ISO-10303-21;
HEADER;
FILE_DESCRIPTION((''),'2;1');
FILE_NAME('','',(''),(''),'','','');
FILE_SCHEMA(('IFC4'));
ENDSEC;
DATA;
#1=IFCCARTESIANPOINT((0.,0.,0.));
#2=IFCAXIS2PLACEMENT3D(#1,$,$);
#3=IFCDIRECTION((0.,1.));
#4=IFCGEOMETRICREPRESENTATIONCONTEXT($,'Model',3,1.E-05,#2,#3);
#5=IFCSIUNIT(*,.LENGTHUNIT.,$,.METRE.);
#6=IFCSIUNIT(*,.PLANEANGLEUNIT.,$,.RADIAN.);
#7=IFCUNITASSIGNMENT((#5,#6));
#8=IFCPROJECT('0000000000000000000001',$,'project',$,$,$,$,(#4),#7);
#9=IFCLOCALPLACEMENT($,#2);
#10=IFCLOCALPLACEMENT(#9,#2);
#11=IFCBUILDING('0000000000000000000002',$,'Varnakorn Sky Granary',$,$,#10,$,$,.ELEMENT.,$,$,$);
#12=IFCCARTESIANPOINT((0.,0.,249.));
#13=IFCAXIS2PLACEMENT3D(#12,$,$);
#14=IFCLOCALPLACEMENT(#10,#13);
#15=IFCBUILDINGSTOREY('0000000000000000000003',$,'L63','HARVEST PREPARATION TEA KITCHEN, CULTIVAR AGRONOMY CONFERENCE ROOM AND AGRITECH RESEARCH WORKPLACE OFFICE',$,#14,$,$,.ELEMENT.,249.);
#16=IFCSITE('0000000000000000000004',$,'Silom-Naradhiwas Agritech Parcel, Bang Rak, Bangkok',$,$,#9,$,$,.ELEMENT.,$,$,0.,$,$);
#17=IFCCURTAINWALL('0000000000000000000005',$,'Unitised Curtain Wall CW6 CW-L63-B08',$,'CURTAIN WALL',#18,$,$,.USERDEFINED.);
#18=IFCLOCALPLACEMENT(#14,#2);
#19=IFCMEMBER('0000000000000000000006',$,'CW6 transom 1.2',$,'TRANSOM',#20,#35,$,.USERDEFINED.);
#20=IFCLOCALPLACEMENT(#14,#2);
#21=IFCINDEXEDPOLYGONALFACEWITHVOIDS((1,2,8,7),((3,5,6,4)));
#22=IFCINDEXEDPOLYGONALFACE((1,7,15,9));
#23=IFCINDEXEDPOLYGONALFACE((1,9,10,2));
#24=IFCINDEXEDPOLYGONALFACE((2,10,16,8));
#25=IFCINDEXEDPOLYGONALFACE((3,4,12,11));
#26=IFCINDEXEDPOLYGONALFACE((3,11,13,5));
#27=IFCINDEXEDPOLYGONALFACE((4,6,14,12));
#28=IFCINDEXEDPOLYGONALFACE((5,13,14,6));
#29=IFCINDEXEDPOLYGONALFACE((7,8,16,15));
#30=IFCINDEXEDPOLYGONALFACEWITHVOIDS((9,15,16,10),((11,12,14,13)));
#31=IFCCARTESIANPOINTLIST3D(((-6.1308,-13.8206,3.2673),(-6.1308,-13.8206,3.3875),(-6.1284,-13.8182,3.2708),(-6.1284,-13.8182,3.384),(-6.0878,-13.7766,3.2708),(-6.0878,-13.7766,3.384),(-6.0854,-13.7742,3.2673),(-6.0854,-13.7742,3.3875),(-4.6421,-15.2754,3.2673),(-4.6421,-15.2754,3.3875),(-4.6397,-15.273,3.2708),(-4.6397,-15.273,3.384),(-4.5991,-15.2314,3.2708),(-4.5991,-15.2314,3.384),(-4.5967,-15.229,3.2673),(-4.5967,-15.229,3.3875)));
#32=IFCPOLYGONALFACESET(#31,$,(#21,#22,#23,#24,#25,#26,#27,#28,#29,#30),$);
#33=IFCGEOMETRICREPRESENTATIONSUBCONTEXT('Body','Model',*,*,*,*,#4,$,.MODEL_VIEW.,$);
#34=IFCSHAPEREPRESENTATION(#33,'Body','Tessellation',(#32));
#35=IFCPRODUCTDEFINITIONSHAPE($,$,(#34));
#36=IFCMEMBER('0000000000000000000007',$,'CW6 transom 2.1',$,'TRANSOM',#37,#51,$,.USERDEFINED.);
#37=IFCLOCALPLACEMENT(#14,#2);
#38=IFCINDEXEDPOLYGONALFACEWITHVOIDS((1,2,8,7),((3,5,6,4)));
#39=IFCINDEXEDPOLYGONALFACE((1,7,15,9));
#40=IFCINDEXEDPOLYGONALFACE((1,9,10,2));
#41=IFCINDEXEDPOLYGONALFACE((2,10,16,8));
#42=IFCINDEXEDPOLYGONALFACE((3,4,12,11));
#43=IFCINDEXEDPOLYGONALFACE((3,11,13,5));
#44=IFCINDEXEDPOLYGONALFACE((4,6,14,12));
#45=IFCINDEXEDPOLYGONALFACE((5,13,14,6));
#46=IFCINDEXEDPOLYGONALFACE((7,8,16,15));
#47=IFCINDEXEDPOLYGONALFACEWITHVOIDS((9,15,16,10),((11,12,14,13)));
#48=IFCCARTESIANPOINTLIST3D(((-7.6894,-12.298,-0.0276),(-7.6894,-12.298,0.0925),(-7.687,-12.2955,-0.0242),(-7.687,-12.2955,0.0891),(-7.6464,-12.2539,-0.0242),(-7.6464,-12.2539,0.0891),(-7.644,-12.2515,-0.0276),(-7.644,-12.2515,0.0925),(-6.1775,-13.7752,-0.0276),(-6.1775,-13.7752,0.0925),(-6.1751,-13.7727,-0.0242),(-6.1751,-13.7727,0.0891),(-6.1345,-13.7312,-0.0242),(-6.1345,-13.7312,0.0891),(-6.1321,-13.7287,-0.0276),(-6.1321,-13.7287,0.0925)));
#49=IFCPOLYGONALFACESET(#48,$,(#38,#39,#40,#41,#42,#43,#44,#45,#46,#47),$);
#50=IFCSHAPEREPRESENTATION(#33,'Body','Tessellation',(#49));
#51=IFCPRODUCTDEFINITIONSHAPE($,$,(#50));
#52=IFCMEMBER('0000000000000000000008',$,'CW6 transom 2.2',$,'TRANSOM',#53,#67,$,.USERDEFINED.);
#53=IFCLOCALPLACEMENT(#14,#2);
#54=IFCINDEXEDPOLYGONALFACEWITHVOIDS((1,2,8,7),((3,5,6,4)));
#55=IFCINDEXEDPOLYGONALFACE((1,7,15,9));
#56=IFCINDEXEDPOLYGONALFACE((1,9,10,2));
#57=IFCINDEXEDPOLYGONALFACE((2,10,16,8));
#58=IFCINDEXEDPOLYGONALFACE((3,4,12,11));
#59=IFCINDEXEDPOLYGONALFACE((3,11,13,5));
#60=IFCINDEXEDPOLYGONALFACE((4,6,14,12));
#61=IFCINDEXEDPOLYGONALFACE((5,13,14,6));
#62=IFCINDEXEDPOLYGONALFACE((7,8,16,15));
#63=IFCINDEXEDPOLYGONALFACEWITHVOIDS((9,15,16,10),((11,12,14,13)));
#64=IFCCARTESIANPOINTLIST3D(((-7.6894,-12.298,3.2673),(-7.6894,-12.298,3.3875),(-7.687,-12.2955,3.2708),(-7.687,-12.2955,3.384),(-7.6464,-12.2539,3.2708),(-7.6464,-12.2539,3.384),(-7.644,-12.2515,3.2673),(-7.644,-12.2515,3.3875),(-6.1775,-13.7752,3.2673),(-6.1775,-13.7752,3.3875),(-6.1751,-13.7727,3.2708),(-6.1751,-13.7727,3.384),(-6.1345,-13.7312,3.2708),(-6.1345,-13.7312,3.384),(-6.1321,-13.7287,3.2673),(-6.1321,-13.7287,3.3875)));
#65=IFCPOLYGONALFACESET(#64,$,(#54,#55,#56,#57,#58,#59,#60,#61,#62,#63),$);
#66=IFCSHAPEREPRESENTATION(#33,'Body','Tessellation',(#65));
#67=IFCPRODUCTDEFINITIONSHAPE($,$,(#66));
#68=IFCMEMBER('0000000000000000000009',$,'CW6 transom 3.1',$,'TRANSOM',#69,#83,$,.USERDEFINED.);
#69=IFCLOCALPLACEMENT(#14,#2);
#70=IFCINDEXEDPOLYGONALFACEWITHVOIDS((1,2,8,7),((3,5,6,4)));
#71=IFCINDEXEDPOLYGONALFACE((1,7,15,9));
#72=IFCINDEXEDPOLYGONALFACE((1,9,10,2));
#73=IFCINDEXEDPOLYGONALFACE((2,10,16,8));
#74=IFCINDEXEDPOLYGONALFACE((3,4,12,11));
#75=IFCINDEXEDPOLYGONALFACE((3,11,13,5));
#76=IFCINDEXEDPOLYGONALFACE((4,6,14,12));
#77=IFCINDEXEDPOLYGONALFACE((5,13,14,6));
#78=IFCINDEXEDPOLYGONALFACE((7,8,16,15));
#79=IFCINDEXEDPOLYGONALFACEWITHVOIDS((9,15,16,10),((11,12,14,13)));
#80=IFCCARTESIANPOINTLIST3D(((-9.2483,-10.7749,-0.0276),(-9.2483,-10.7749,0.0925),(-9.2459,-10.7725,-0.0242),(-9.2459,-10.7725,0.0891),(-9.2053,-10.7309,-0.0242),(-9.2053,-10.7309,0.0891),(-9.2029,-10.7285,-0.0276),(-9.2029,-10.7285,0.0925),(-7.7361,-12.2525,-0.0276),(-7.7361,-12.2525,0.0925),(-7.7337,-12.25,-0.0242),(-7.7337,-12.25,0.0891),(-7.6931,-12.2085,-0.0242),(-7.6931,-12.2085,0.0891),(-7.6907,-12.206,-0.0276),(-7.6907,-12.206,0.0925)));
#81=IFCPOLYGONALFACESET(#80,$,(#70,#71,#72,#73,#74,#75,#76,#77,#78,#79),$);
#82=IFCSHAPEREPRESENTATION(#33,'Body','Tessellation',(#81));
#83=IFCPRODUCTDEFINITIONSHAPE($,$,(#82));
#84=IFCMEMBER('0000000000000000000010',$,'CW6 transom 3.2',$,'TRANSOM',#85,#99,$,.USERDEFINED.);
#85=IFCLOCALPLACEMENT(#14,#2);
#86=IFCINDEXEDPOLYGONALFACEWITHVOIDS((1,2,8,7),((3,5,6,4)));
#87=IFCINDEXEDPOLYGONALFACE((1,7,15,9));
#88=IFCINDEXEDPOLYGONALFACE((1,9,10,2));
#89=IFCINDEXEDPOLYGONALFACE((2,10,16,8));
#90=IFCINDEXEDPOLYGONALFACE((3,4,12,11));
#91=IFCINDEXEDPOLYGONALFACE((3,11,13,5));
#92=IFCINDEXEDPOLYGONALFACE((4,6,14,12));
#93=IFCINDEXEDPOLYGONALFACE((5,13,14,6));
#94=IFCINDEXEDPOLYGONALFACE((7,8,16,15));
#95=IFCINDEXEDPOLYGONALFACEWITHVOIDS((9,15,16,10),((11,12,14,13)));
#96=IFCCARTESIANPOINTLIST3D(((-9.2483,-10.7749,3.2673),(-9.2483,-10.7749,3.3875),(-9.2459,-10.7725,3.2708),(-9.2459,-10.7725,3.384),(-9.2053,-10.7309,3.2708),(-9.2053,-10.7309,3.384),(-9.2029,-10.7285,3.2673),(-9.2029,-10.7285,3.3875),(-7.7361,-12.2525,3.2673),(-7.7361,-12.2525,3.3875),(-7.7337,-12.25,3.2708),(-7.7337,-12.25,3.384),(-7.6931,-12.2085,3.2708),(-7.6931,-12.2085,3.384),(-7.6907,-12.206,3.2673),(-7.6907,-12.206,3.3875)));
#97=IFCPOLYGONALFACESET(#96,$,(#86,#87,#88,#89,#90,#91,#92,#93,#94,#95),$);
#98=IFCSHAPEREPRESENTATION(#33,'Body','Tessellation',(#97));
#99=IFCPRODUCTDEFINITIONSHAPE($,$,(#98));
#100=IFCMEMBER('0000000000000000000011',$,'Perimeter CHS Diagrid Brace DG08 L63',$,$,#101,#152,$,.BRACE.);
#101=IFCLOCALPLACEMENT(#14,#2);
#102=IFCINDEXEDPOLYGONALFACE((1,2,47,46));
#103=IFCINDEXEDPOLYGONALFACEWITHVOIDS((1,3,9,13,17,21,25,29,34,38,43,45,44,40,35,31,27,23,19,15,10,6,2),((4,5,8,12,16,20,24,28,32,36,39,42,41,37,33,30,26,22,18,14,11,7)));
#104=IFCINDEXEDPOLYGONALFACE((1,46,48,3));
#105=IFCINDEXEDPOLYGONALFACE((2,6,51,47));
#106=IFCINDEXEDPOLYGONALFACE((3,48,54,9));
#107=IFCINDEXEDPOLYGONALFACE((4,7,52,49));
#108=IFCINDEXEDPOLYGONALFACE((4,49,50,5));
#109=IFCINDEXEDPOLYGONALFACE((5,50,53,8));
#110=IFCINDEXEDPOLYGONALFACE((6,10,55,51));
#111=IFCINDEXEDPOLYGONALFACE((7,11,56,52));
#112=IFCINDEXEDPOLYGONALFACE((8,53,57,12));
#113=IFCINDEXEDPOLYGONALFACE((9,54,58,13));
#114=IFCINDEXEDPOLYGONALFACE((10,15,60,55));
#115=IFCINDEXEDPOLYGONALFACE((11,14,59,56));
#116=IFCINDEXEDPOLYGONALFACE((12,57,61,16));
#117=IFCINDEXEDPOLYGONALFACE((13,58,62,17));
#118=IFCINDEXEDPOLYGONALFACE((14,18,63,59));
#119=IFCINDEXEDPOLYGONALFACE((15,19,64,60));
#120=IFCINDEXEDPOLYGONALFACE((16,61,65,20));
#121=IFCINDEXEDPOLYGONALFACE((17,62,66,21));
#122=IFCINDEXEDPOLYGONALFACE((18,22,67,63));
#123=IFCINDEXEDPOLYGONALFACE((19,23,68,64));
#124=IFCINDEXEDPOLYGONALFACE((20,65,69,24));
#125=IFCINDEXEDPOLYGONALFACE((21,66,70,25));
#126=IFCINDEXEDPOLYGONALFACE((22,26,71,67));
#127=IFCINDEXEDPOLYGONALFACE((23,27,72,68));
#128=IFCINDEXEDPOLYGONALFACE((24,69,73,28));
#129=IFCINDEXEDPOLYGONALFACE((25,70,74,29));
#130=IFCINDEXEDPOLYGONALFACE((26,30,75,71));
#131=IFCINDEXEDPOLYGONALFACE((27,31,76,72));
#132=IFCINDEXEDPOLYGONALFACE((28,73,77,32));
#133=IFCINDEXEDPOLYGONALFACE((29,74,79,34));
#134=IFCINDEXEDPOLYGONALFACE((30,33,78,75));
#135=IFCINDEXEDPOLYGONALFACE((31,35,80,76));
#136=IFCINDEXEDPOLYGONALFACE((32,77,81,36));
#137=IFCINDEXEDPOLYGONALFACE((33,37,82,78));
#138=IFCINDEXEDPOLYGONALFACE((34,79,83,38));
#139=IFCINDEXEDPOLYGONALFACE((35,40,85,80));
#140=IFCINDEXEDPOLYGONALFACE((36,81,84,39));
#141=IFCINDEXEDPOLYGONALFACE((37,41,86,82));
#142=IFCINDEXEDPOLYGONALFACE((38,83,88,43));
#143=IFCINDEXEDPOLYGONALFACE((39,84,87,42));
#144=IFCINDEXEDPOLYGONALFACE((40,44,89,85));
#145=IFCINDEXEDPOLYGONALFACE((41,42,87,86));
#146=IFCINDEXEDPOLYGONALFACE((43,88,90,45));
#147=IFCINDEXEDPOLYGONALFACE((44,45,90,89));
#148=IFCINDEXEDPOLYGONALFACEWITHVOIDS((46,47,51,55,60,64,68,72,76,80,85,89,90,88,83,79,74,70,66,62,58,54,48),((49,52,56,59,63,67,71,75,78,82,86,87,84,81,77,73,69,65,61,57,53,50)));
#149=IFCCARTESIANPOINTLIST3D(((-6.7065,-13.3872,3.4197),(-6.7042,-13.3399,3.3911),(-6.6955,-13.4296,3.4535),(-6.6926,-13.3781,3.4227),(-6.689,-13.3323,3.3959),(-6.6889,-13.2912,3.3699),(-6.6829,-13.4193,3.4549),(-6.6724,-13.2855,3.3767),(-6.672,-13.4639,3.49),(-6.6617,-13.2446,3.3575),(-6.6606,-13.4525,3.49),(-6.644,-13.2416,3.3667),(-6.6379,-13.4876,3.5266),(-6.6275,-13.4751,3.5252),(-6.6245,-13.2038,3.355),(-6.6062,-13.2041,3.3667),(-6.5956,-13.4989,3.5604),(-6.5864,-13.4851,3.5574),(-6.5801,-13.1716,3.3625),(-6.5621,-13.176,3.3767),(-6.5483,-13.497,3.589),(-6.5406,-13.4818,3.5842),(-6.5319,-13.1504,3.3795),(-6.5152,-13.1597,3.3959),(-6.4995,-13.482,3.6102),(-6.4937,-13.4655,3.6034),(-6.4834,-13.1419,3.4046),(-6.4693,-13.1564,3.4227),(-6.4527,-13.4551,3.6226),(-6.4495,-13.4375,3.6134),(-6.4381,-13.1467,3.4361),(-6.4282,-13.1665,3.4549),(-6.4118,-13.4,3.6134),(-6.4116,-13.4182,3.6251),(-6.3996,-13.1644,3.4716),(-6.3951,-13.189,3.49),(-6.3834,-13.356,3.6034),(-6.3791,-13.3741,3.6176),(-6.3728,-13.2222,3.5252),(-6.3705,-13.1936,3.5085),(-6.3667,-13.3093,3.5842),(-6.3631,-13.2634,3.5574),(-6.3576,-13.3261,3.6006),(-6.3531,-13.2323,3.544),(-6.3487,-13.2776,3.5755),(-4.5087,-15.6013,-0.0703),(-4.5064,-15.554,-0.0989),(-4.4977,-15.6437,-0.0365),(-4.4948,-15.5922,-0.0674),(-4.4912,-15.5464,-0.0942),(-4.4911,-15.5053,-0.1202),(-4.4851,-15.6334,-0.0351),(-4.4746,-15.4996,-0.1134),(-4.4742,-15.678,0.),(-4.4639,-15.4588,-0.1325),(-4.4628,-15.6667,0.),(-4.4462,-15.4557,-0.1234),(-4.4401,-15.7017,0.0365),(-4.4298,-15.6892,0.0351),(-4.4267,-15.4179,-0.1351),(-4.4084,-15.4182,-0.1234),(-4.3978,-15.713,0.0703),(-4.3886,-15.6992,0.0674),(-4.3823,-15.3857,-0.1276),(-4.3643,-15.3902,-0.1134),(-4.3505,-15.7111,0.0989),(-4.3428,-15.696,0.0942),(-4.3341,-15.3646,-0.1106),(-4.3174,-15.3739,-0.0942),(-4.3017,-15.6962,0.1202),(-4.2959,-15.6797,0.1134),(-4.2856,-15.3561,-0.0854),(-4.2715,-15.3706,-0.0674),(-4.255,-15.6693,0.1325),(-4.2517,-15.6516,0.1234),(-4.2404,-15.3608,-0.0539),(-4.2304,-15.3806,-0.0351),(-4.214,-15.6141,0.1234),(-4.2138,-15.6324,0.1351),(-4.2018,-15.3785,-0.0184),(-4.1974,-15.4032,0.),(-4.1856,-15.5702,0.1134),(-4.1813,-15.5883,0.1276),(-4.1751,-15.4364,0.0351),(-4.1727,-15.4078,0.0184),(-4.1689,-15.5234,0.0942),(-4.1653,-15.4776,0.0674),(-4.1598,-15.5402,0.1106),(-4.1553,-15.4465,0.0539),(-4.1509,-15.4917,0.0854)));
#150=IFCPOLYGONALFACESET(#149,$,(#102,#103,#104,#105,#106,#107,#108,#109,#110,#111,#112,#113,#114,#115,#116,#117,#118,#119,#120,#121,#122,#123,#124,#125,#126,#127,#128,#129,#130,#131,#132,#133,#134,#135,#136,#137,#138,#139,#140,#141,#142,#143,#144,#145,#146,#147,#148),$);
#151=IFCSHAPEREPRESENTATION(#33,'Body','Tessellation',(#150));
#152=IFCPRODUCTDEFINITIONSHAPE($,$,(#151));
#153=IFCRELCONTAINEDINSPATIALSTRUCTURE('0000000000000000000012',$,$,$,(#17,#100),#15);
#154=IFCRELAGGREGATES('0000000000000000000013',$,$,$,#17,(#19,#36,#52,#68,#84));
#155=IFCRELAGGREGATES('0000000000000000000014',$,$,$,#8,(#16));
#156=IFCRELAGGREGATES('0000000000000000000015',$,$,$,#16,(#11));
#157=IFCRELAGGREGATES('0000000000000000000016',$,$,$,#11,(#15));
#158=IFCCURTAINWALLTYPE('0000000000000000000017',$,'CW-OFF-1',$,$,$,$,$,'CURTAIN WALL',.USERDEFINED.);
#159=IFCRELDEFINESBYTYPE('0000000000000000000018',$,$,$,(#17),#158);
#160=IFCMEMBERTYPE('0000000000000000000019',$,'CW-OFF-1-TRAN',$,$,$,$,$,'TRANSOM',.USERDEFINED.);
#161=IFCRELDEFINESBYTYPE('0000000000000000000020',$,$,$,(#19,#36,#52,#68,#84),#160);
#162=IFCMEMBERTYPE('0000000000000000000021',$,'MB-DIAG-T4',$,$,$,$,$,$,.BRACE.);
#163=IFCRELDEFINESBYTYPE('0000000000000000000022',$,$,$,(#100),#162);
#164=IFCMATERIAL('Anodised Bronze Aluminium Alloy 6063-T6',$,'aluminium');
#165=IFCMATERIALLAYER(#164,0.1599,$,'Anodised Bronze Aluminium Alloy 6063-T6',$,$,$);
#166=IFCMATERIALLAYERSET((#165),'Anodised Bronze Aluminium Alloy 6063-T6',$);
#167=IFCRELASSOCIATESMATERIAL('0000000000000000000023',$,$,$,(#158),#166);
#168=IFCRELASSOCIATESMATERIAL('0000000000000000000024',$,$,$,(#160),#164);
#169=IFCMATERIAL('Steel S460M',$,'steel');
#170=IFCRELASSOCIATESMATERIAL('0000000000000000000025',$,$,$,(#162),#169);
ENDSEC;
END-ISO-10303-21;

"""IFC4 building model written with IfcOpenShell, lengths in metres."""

from ifc_helpers import new_model, si_unit, direction, frame, origin, origin_2d, place, context, subcontext, project, spatial, hollow_rectangle, hollow_circle, extrude, material, layer, layer_set, material_profile, profile_set, type_object, element, aggregate, save


model = new_model("IFC4")

# Units and contexts
model_context = context("Model", 3, precision=1e-05, world=origin(), true_north=direction((0.0, 1.0)))
body_context = subcontext(model_context, "Body", "Model", "MODEL_VIEW")
ifc_project = project(units=[si_unit("LENGTHUNIT", "METRE"), si_unit("PLANEANGLEUNIT", "RADIAN")], contexts=[model_context])

# Site, building, storey
site_placement = place(None, origin())
site = spatial("IfcSite", under=ifc_project, at=site_placement, Name="Silom-Naradhiwas Agritech Parcel, Bang Rak, Bangkok", CompositionType="ELEMENT", RefElevation=0.0)
building_placement = place(site_placement, origin())
building = spatial("IfcBuilding", under=site, at=building_placement, Name="Varnakorn Sky Granary", CompositionType="ELEMENT")
storey_placement = place(building_placement, frame((0.0, 0.0, 249.0)))
storey = spatial("IfcBuildingStorey", under=building, at=storey_placement, Name="L63", Description="HARVEST PREPARATION TEA KITCHEN, CULTIVAR AGRONOMY CONFERENCE ROOM AND AGRITECH RESEARCH WORKPLACE OFFICE", CompositionType="ELEMENT", Elevation=249.0)

# Shared definitions
ifc_material_1 = material(Name="Steel S460M", Category="steel")

# Curtain wall, members
ifc_material_2 = material(Name="Anodised Bronze Aluminium Alloy 6063-T6", Category="aluminium")
ifc_layer_1 = layer(ifc_material_2, 0.1599, Name="Anodised Bronze Aluminium Alloy 6063-T6")
ifc_layer_set_1 = layer_set([ifc_layer_1], Name="Anodised Bronze Aluminium Alloy 6063-T6")
curtain_wall_type = type_object("IfcCurtainWallType", Name="CW-OFF-1", ElementType="CURTAIN WALL", PredefinedType="USERDEFINED", material=ifc_layer_set_1)
curtain_wall_placement = place(storey_placement, origin())
curtain_wall = element("IfcCurtainWall", 1, at=curtain_wall_placement, inside=storey, type_object=curtain_wall_type, Name="Unitised Curtain Wall CW6 CW-L63-B08", ObjectType="CURTAIN WALL", PredefinedType="USERDEFINED")
ifc_material_profile_1 = material_profile(ifc_material_2, hollow_rectangle(XDim=0.0649, YDim=0.1201, WallThickness=0.0034, at=origin_2d()), Name="ALU TRAN 65x120")
ifc_profile_set_1 = profile_set([ifc_material_profile_1], Name="Anodised Bronze Aluminium Alloy 6063-T6")
member_type_1 = type_object("IfcMemberType", Name="CW-OFF-1-TRAN", ElementType="TRANSOM", PredefinedType="USERDEFINED", material=ifc_profile_set_1)
member_1_placement = place(storey_placement, frame((-4.6194, -15.2522, 3.3274), z_axis=(-0.715211, 0.698908, 0.0), x_axis=(-0.698908, -0.715211, 0.0)))
member_1 = element("IfcMember", 2, at=member_1_placement, type_object=member_type_1, Name="CW6 transom 1.2", ObjectType="TRANSOM", PredefinedType="USERDEFINED", context=body_context, shape_type="SweptSolid", body=[
    extrude(hollow_rectangle(XDim=0.0649, YDim=0.1201, WallThickness=0.0034, at=origin_2d()), origin(), (0.0, 0.0, 1.0), 2.0815),
])
member_2_placement = place(storey_placement, frame((-6.1548, -13.752, 0.0325), z_axis=(-0.715259, 0.698859, 0.0), x_axis=(-0.698859, -0.715259, 0.0)))
member_2 = element("IfcMember", 3, at=member_2_placement, type_object=member_type_1, Name="CW6 transom 2.1", ObjectType="TRANSOM", PredefinedType="USERDEFINED", context=body_context, shape_type="SweptSolid", body=[
    extrude(hollow_rectangle(XDim=0.0649, YDim=0.1201, WallThickness=0.0034, at=origin_2d()), origin(), (0.0, 0.0, 1.0), 2.1138),
])
member_3_placement = place(storey_placement, frame((-6.1548, -13.752, 3.3274), z_axis=(-0.715259, 0.698859, 0.0), x_axis=(-0.698859, -0.715259, 0.0)))
member_3 = element("IfcMember", 4, at=member_3_placement, type_object=member_type_1, Name="CW6 transom 2.2", ObjectType="TRANSOM", PredefinedType="USERDEFINED", context=body_context, shape_type="SweptSolid", body=[
    extrude(hollow_rectangle(XDim=0.0649, YDim=0.1201, WallThickness=0.0034, at=origin_2d()), origin(), (0.0, 0.0, 1.0), 2.1138),
])
member_4_placement = place(storey_placement, frame((-7.7134, -12.2292, 0.0325), z_axis=(-0.715258, 0.69886, 0.0), x_axis=(-0.69886, -0.715258, 0.0)))
member_4 = element("IfcMember", 5, at=member_4_placement, type_object=member_type_1, Name="CW6 transom 3.1", ObjectType="TRANSOM", PredefinedType="USERDEFINED", context=body_context, shape_type="SweptSolid", body=[
    extrude(hollow_rectangle(XDim=0.0649, YDim=0.1201, WallThickness=0.0034, at=origin_2d()), origin(), (0.0, 0.0, 1.0), 2.1143),
])
member_5_placement = place(storey_placement, frame((-7.7134, -12.2292, 3.3274), z_axis=(-0.715258, 0.69886, 0.0), x_axis=(-0.69886, -0.715258, 0.0)))
member_5 = element("IfcMember", 6, at=member_5_placement, type_object=member_type_1, Name="CW6 transom 3.2", ObjectType="TRANSOM", PredefinedType="USERDEFINED", context=body_context, shape_type="SweptSolid", body=[
    extrude(hollow_rectangle(XDim=0.0649, YDim=0.1201, WallThickness=0.0034, at=origin_2d()), origin(), (0.0, 0.0, 1.0), 2.1143),
])

# Member
ifc_material_profile_2 = material_profile(ifc_material_1, hollow_circle(Radius=0.2031, WallThickness=0.0161, at=origin_2d()), Name="CHS 406.4x16")
ifc_profile_set_2 = profile_set([ifc_material_profile_2], Name="Steel S460M")
member_type_2 = type_object("IfcMemberType", Name="MB-DIAG-T4", PredefinedType="BRACE", material=ifc_profile_set_2)
member_6_placement = place(storey_placement, frame((-4.3301, -15.5349, 0.0), z_axis=(-0.469498, 0.472992, 0.745553), x_axis=(-0.709724, -0.70448, 0.0)))
element("IfcMember", 7, at=member_6_placement, inside=storey, type_object=member_type_2, Name="Perimeter CHS Diagrid Brace DG08 L63", PredefinedType="BRACE", context=body_context, shape_type="SweptSolid", body=[
    extrude(hollow_circle(Radius=0.2031, WallThickness=0.0161, at=origin_2d()), origin(), (0.0, 0.0, 1.0), 4.6812),
])

aggregate(curtain_wall, [member_1, member_2, member_3, member_4, member_5])

save(model, "model.ifc")
